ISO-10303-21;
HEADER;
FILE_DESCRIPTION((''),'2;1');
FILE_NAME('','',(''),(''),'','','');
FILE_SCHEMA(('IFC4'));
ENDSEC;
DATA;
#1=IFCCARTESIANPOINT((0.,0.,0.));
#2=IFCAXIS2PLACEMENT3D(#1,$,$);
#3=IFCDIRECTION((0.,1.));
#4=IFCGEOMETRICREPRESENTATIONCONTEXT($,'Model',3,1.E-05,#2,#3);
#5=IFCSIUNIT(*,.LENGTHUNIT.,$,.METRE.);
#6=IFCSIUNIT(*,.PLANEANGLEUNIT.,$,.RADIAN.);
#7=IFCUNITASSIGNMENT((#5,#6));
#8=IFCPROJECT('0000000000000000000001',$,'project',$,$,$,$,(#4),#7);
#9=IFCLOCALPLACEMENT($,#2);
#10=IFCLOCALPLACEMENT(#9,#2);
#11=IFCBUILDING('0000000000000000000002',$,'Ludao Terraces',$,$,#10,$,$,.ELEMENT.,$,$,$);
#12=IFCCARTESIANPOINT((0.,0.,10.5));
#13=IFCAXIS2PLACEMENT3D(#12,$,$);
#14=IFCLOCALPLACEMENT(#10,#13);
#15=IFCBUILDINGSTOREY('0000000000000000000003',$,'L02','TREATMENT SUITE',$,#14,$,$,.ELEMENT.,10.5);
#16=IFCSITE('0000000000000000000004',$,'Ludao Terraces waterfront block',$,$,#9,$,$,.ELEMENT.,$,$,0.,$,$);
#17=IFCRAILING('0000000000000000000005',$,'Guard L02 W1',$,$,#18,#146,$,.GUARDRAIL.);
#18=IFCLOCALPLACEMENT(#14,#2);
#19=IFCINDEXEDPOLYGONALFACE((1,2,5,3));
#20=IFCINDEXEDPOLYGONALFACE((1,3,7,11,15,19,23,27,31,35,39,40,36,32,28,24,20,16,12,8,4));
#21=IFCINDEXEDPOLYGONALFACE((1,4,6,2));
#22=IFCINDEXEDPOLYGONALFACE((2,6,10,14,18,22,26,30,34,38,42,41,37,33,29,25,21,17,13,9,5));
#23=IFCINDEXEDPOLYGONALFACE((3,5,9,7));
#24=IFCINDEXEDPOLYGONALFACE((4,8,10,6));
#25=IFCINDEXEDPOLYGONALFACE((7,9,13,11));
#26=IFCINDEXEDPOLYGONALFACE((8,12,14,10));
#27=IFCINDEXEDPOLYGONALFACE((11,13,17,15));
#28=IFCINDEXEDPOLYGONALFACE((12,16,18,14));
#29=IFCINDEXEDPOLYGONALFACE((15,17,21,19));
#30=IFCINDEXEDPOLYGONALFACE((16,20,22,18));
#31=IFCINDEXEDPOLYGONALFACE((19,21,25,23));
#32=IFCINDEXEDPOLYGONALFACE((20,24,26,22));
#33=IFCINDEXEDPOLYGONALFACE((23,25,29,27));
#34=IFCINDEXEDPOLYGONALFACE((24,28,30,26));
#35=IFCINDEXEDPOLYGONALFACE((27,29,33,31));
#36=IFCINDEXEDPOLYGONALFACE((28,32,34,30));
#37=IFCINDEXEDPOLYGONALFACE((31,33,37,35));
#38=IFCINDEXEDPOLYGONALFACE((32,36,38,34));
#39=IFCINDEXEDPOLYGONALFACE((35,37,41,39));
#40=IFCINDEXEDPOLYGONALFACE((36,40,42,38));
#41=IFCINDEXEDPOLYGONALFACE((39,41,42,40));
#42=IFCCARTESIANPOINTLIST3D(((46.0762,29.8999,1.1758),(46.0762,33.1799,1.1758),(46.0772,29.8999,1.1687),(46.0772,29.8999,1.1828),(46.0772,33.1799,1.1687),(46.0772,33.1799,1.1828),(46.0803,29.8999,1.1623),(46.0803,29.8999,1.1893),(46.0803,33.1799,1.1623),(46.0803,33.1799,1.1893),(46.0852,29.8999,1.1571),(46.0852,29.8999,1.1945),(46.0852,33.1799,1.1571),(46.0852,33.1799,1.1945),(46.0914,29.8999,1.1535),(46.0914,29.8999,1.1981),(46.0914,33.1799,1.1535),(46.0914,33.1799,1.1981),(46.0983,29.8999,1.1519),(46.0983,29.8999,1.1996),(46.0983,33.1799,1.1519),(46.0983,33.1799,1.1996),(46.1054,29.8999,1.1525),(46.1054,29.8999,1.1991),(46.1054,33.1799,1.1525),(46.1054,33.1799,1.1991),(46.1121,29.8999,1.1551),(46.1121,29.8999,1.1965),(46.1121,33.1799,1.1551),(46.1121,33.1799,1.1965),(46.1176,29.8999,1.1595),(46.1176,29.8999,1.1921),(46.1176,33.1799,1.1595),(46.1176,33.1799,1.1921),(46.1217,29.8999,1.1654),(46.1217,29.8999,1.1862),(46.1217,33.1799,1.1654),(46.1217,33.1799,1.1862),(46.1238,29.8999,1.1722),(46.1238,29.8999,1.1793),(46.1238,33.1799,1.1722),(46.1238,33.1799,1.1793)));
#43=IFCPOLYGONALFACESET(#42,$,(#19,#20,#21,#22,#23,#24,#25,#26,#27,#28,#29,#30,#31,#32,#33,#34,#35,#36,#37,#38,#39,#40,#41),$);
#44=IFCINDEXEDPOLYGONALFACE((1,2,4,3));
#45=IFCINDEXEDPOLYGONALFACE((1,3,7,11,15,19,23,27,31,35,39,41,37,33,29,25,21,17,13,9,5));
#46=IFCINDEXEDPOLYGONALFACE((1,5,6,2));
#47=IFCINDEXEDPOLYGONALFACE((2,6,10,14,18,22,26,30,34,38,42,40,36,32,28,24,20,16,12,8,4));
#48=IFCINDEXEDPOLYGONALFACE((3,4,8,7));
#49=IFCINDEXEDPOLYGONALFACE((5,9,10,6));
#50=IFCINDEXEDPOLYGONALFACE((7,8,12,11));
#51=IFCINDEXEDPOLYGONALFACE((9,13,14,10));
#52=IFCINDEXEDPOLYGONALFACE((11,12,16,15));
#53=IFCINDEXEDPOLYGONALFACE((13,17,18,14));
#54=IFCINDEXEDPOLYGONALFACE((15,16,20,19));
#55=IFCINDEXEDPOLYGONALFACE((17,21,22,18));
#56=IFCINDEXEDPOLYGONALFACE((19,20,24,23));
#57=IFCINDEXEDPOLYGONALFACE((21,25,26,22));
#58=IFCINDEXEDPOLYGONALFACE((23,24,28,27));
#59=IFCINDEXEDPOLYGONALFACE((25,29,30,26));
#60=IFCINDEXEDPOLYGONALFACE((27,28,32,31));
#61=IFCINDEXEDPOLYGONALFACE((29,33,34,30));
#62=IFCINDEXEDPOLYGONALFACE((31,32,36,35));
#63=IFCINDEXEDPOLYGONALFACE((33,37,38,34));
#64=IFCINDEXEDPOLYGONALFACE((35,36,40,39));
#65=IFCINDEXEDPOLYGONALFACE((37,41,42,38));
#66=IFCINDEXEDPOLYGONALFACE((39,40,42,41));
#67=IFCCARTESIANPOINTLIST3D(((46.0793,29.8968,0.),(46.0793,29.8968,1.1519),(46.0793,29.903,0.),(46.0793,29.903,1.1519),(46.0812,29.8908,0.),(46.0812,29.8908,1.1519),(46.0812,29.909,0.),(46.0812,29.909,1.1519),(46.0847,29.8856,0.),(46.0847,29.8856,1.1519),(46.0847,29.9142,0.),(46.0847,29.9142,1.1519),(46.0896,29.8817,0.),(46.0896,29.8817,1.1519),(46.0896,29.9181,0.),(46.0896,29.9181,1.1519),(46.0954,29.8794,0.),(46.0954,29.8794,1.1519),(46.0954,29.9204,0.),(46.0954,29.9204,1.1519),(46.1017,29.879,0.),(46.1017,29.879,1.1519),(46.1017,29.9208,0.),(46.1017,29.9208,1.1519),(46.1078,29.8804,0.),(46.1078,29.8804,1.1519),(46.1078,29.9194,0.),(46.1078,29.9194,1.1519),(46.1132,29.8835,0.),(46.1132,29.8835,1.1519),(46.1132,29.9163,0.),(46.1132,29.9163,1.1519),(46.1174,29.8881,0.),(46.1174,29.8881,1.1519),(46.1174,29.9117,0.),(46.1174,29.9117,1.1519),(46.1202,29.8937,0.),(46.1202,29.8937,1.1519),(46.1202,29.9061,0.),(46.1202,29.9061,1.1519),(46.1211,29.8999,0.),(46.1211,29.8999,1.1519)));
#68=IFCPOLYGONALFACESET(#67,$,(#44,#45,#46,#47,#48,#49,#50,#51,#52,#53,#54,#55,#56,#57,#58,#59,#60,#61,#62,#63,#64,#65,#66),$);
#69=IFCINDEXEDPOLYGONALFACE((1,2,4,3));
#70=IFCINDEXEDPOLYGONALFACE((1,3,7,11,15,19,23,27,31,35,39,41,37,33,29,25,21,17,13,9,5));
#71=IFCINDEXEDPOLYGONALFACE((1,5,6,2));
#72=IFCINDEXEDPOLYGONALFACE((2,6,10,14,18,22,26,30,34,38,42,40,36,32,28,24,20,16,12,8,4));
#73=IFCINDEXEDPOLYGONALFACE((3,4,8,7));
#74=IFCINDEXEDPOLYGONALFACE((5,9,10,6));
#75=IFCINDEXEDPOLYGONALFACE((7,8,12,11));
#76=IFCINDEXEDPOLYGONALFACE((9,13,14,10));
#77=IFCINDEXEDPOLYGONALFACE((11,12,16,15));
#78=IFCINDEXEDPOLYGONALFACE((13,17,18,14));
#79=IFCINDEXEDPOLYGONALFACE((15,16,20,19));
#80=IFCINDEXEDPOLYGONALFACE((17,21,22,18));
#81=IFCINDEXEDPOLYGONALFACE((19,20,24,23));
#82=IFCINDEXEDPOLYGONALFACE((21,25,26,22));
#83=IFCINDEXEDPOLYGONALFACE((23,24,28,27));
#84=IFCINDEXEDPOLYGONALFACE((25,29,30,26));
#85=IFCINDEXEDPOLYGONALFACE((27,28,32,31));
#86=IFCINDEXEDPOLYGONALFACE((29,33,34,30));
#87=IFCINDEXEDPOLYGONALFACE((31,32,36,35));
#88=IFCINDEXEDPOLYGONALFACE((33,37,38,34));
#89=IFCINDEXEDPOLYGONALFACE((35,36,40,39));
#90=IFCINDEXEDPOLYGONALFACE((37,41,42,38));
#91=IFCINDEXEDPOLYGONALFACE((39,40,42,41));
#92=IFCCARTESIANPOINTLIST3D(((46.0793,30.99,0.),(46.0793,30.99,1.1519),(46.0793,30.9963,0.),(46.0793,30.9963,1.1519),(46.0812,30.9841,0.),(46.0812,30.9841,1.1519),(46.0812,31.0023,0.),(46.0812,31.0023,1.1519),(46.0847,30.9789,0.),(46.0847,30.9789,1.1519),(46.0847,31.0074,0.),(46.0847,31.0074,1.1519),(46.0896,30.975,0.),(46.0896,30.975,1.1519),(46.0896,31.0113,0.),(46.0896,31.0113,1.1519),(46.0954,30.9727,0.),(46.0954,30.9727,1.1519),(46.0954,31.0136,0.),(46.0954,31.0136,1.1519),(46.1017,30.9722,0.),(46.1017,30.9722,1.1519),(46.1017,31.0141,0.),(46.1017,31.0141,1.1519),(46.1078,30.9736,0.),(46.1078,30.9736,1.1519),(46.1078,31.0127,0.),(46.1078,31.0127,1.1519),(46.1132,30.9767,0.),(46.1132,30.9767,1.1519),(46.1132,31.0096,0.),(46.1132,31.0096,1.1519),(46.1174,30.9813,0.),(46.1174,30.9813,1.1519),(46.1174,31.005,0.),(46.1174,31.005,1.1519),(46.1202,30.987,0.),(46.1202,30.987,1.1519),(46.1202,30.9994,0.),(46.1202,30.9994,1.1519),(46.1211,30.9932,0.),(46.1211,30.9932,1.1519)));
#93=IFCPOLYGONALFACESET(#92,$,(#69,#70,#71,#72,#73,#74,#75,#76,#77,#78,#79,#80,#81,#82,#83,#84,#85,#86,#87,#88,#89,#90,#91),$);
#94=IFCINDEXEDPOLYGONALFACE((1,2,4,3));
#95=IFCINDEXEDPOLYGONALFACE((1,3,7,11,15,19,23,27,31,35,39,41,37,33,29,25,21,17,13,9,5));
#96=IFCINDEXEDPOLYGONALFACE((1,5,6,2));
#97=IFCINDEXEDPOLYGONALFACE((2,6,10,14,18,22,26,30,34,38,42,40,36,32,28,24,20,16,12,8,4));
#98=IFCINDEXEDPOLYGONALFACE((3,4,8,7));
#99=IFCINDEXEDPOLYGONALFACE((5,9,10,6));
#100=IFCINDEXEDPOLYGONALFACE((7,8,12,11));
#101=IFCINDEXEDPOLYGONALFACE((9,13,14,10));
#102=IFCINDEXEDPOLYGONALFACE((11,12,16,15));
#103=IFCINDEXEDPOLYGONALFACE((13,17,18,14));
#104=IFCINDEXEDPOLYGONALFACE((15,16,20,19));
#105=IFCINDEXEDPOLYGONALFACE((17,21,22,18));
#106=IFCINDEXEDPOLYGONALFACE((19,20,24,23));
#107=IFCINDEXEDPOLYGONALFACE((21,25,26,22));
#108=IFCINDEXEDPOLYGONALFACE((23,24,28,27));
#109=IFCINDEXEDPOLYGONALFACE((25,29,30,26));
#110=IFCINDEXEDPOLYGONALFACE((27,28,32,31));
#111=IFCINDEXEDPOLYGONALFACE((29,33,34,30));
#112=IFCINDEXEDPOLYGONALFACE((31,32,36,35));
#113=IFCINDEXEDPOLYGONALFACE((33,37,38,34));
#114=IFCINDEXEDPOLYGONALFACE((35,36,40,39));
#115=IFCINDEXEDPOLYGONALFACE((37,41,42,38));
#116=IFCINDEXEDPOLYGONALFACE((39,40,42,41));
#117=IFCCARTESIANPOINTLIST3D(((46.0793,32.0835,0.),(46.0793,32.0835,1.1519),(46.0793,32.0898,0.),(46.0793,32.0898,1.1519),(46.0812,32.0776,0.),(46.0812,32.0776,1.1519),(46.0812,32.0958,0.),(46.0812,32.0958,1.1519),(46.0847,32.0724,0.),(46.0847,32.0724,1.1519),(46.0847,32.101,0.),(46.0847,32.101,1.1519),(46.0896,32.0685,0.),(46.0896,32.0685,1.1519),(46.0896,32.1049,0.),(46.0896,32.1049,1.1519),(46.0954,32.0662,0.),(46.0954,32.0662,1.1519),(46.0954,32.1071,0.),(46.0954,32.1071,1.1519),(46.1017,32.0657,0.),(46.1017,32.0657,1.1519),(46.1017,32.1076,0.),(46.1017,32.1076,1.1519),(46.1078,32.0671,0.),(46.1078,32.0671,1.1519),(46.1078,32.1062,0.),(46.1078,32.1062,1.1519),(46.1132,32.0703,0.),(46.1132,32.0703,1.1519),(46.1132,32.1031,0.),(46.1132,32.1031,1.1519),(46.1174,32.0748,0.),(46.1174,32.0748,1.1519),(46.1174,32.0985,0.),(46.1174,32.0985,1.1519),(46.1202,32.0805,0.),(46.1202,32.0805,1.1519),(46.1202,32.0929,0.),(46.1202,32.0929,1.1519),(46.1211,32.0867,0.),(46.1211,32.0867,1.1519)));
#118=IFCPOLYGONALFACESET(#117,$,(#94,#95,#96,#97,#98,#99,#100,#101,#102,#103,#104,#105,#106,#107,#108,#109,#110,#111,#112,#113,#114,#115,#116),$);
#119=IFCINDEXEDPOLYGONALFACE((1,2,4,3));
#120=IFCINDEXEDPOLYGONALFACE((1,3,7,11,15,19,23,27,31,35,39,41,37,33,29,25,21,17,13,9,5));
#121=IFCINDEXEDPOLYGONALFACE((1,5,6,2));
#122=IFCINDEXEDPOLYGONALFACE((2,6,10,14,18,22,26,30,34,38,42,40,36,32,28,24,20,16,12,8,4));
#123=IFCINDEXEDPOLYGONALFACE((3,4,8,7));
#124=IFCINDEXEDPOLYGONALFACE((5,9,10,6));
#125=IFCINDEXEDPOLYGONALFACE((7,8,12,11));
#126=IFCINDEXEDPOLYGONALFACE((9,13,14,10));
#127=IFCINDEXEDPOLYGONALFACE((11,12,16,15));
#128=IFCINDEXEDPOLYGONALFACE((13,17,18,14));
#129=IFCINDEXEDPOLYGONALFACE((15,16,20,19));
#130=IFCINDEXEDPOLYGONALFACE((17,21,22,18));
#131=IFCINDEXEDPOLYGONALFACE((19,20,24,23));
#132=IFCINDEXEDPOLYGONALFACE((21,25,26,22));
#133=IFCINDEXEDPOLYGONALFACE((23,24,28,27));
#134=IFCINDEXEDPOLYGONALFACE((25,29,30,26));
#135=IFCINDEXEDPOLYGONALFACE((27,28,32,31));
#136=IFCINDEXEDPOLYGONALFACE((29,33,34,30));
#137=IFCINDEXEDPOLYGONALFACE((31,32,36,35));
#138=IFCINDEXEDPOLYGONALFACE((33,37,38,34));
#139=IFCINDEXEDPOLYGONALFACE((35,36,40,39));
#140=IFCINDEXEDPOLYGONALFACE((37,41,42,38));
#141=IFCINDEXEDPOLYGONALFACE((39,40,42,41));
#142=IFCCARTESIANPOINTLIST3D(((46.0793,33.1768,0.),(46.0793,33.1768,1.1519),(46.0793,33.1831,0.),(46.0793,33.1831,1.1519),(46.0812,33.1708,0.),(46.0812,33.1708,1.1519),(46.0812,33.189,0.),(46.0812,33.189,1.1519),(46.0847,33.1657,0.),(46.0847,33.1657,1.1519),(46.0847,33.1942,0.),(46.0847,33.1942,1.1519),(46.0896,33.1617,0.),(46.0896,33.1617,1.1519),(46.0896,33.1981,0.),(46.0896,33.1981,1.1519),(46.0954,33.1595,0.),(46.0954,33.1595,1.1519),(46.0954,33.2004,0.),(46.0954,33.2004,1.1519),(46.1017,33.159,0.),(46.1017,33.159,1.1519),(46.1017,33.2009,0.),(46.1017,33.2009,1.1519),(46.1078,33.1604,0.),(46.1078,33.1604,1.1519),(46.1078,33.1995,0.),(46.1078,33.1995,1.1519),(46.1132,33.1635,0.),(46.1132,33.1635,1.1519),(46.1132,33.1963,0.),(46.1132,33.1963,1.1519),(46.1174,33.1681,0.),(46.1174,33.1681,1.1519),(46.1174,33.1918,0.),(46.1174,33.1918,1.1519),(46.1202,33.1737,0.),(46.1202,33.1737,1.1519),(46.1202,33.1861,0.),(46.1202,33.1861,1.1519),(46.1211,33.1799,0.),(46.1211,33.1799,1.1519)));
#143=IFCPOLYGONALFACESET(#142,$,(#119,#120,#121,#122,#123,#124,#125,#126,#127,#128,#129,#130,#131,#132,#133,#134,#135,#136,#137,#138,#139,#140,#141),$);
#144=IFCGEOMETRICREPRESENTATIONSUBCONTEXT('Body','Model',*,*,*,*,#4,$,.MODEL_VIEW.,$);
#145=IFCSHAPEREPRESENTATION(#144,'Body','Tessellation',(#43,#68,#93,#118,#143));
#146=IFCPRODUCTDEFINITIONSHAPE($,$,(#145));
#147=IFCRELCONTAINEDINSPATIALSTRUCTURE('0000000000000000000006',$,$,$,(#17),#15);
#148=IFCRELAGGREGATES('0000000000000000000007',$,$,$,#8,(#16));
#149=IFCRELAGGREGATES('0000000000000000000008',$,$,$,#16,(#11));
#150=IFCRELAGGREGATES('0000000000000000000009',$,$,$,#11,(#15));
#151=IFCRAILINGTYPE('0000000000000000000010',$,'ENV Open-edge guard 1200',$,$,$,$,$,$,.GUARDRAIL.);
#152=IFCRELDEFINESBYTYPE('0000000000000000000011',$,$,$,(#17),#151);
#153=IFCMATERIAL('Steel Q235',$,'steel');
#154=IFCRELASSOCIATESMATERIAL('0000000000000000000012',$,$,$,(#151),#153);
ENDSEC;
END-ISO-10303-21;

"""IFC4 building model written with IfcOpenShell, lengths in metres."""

from ifc_helpers import new_model, si_unit, direction, frame, origin, origin_2d, place, context, subcontext, project, spatial, circle, extrude, material, type_object, element, save


model = new_model("IFC4")

# Units and contexts
model_context = context("Model", 3, precision=1e-05, world=origin(), true_north=direction((0.0, 1.0)))
body_context = subcontext(model_context, "Body", "Model", "MODEL_VIEW")
ifc_project = project(units=[si_unit("LENGTHUNIT", "METRE"), si_unit("PLANEANGLEUNIT", "RADIAN")], contexts=[model_context])

# Site, building, storey
site_placement = place(None, origin())
site = spatial("IfcSite", under=ifc_project, at=site_placement, Name="Ludao Terraces waterfront block", CompositionType="ELEMENT", RefElevation=0.0)
building_placement = place(site_placement, origin())
building = spatial("IfcBuilding", under=site, at=building_placement, Name="Ludao Terraces", CompositionType="ELEMENT")
storey_placement = place(building_placement, frame((0.0, 0.0, 10.5)))
storey = spatial("IfcBuildingStorey", under=building, at=storey_placement, Name="L02", Description="TREATMENT SUITE", CompositionType="ELEMENT", Elevation=10.5)

# Railing
ifc_material_1 = material(Name="Steel Q235", Category="steel")
railing_type = type_object("IfcRailingType", Name="ENV Open-edge guard 1200", PredefinedType="GUARDRAIL", material=ifc_material_1)
railing_1_placement = place(storey_placement, frame((46.1001, 29.8999, 0.0)))
element("IfcRailing", 1, at=railing_1_placement, inside=storey, type_object=railing_type, Name="Guard L02 W1", PredefinedType="GUARDRAIL", context=body_context, shape_type="SweptSolid", body=[
    extrude(circle(Radius=0.0239, at=origin_2d()), frame((0.0, 0.0, 1.1758), z_axis=(0.0, 1.0, 0.0), x_axis=(-1.0, 0.0, 0.0)), (0.0, 0.0, 1.0), 3.28),
    extrude(circle(Radius=0.021, at=origin_2d()), origin(), (0.0, 0.0, 1.0), 1.1519),
    extrude(circle(Radius=0.021, at=origin_2d()), frame((0.0, 1.0933, 0.0)), (0.0, 0.0, 1.0), 1.1519),
    extrude(circle(Radius=0.021, at=origin_2d()), frame((0.0, 2.1868, 0.0)), (0.0, 0.0, 1.0), 1.1519),
    extrude(circle(Radius=0.021, at=origin_2d()), frame((0.0, 3.28, 0.0)), (0.0, 0.0, 1.0), 1.1519),
])

save(model, "model.ifc")
